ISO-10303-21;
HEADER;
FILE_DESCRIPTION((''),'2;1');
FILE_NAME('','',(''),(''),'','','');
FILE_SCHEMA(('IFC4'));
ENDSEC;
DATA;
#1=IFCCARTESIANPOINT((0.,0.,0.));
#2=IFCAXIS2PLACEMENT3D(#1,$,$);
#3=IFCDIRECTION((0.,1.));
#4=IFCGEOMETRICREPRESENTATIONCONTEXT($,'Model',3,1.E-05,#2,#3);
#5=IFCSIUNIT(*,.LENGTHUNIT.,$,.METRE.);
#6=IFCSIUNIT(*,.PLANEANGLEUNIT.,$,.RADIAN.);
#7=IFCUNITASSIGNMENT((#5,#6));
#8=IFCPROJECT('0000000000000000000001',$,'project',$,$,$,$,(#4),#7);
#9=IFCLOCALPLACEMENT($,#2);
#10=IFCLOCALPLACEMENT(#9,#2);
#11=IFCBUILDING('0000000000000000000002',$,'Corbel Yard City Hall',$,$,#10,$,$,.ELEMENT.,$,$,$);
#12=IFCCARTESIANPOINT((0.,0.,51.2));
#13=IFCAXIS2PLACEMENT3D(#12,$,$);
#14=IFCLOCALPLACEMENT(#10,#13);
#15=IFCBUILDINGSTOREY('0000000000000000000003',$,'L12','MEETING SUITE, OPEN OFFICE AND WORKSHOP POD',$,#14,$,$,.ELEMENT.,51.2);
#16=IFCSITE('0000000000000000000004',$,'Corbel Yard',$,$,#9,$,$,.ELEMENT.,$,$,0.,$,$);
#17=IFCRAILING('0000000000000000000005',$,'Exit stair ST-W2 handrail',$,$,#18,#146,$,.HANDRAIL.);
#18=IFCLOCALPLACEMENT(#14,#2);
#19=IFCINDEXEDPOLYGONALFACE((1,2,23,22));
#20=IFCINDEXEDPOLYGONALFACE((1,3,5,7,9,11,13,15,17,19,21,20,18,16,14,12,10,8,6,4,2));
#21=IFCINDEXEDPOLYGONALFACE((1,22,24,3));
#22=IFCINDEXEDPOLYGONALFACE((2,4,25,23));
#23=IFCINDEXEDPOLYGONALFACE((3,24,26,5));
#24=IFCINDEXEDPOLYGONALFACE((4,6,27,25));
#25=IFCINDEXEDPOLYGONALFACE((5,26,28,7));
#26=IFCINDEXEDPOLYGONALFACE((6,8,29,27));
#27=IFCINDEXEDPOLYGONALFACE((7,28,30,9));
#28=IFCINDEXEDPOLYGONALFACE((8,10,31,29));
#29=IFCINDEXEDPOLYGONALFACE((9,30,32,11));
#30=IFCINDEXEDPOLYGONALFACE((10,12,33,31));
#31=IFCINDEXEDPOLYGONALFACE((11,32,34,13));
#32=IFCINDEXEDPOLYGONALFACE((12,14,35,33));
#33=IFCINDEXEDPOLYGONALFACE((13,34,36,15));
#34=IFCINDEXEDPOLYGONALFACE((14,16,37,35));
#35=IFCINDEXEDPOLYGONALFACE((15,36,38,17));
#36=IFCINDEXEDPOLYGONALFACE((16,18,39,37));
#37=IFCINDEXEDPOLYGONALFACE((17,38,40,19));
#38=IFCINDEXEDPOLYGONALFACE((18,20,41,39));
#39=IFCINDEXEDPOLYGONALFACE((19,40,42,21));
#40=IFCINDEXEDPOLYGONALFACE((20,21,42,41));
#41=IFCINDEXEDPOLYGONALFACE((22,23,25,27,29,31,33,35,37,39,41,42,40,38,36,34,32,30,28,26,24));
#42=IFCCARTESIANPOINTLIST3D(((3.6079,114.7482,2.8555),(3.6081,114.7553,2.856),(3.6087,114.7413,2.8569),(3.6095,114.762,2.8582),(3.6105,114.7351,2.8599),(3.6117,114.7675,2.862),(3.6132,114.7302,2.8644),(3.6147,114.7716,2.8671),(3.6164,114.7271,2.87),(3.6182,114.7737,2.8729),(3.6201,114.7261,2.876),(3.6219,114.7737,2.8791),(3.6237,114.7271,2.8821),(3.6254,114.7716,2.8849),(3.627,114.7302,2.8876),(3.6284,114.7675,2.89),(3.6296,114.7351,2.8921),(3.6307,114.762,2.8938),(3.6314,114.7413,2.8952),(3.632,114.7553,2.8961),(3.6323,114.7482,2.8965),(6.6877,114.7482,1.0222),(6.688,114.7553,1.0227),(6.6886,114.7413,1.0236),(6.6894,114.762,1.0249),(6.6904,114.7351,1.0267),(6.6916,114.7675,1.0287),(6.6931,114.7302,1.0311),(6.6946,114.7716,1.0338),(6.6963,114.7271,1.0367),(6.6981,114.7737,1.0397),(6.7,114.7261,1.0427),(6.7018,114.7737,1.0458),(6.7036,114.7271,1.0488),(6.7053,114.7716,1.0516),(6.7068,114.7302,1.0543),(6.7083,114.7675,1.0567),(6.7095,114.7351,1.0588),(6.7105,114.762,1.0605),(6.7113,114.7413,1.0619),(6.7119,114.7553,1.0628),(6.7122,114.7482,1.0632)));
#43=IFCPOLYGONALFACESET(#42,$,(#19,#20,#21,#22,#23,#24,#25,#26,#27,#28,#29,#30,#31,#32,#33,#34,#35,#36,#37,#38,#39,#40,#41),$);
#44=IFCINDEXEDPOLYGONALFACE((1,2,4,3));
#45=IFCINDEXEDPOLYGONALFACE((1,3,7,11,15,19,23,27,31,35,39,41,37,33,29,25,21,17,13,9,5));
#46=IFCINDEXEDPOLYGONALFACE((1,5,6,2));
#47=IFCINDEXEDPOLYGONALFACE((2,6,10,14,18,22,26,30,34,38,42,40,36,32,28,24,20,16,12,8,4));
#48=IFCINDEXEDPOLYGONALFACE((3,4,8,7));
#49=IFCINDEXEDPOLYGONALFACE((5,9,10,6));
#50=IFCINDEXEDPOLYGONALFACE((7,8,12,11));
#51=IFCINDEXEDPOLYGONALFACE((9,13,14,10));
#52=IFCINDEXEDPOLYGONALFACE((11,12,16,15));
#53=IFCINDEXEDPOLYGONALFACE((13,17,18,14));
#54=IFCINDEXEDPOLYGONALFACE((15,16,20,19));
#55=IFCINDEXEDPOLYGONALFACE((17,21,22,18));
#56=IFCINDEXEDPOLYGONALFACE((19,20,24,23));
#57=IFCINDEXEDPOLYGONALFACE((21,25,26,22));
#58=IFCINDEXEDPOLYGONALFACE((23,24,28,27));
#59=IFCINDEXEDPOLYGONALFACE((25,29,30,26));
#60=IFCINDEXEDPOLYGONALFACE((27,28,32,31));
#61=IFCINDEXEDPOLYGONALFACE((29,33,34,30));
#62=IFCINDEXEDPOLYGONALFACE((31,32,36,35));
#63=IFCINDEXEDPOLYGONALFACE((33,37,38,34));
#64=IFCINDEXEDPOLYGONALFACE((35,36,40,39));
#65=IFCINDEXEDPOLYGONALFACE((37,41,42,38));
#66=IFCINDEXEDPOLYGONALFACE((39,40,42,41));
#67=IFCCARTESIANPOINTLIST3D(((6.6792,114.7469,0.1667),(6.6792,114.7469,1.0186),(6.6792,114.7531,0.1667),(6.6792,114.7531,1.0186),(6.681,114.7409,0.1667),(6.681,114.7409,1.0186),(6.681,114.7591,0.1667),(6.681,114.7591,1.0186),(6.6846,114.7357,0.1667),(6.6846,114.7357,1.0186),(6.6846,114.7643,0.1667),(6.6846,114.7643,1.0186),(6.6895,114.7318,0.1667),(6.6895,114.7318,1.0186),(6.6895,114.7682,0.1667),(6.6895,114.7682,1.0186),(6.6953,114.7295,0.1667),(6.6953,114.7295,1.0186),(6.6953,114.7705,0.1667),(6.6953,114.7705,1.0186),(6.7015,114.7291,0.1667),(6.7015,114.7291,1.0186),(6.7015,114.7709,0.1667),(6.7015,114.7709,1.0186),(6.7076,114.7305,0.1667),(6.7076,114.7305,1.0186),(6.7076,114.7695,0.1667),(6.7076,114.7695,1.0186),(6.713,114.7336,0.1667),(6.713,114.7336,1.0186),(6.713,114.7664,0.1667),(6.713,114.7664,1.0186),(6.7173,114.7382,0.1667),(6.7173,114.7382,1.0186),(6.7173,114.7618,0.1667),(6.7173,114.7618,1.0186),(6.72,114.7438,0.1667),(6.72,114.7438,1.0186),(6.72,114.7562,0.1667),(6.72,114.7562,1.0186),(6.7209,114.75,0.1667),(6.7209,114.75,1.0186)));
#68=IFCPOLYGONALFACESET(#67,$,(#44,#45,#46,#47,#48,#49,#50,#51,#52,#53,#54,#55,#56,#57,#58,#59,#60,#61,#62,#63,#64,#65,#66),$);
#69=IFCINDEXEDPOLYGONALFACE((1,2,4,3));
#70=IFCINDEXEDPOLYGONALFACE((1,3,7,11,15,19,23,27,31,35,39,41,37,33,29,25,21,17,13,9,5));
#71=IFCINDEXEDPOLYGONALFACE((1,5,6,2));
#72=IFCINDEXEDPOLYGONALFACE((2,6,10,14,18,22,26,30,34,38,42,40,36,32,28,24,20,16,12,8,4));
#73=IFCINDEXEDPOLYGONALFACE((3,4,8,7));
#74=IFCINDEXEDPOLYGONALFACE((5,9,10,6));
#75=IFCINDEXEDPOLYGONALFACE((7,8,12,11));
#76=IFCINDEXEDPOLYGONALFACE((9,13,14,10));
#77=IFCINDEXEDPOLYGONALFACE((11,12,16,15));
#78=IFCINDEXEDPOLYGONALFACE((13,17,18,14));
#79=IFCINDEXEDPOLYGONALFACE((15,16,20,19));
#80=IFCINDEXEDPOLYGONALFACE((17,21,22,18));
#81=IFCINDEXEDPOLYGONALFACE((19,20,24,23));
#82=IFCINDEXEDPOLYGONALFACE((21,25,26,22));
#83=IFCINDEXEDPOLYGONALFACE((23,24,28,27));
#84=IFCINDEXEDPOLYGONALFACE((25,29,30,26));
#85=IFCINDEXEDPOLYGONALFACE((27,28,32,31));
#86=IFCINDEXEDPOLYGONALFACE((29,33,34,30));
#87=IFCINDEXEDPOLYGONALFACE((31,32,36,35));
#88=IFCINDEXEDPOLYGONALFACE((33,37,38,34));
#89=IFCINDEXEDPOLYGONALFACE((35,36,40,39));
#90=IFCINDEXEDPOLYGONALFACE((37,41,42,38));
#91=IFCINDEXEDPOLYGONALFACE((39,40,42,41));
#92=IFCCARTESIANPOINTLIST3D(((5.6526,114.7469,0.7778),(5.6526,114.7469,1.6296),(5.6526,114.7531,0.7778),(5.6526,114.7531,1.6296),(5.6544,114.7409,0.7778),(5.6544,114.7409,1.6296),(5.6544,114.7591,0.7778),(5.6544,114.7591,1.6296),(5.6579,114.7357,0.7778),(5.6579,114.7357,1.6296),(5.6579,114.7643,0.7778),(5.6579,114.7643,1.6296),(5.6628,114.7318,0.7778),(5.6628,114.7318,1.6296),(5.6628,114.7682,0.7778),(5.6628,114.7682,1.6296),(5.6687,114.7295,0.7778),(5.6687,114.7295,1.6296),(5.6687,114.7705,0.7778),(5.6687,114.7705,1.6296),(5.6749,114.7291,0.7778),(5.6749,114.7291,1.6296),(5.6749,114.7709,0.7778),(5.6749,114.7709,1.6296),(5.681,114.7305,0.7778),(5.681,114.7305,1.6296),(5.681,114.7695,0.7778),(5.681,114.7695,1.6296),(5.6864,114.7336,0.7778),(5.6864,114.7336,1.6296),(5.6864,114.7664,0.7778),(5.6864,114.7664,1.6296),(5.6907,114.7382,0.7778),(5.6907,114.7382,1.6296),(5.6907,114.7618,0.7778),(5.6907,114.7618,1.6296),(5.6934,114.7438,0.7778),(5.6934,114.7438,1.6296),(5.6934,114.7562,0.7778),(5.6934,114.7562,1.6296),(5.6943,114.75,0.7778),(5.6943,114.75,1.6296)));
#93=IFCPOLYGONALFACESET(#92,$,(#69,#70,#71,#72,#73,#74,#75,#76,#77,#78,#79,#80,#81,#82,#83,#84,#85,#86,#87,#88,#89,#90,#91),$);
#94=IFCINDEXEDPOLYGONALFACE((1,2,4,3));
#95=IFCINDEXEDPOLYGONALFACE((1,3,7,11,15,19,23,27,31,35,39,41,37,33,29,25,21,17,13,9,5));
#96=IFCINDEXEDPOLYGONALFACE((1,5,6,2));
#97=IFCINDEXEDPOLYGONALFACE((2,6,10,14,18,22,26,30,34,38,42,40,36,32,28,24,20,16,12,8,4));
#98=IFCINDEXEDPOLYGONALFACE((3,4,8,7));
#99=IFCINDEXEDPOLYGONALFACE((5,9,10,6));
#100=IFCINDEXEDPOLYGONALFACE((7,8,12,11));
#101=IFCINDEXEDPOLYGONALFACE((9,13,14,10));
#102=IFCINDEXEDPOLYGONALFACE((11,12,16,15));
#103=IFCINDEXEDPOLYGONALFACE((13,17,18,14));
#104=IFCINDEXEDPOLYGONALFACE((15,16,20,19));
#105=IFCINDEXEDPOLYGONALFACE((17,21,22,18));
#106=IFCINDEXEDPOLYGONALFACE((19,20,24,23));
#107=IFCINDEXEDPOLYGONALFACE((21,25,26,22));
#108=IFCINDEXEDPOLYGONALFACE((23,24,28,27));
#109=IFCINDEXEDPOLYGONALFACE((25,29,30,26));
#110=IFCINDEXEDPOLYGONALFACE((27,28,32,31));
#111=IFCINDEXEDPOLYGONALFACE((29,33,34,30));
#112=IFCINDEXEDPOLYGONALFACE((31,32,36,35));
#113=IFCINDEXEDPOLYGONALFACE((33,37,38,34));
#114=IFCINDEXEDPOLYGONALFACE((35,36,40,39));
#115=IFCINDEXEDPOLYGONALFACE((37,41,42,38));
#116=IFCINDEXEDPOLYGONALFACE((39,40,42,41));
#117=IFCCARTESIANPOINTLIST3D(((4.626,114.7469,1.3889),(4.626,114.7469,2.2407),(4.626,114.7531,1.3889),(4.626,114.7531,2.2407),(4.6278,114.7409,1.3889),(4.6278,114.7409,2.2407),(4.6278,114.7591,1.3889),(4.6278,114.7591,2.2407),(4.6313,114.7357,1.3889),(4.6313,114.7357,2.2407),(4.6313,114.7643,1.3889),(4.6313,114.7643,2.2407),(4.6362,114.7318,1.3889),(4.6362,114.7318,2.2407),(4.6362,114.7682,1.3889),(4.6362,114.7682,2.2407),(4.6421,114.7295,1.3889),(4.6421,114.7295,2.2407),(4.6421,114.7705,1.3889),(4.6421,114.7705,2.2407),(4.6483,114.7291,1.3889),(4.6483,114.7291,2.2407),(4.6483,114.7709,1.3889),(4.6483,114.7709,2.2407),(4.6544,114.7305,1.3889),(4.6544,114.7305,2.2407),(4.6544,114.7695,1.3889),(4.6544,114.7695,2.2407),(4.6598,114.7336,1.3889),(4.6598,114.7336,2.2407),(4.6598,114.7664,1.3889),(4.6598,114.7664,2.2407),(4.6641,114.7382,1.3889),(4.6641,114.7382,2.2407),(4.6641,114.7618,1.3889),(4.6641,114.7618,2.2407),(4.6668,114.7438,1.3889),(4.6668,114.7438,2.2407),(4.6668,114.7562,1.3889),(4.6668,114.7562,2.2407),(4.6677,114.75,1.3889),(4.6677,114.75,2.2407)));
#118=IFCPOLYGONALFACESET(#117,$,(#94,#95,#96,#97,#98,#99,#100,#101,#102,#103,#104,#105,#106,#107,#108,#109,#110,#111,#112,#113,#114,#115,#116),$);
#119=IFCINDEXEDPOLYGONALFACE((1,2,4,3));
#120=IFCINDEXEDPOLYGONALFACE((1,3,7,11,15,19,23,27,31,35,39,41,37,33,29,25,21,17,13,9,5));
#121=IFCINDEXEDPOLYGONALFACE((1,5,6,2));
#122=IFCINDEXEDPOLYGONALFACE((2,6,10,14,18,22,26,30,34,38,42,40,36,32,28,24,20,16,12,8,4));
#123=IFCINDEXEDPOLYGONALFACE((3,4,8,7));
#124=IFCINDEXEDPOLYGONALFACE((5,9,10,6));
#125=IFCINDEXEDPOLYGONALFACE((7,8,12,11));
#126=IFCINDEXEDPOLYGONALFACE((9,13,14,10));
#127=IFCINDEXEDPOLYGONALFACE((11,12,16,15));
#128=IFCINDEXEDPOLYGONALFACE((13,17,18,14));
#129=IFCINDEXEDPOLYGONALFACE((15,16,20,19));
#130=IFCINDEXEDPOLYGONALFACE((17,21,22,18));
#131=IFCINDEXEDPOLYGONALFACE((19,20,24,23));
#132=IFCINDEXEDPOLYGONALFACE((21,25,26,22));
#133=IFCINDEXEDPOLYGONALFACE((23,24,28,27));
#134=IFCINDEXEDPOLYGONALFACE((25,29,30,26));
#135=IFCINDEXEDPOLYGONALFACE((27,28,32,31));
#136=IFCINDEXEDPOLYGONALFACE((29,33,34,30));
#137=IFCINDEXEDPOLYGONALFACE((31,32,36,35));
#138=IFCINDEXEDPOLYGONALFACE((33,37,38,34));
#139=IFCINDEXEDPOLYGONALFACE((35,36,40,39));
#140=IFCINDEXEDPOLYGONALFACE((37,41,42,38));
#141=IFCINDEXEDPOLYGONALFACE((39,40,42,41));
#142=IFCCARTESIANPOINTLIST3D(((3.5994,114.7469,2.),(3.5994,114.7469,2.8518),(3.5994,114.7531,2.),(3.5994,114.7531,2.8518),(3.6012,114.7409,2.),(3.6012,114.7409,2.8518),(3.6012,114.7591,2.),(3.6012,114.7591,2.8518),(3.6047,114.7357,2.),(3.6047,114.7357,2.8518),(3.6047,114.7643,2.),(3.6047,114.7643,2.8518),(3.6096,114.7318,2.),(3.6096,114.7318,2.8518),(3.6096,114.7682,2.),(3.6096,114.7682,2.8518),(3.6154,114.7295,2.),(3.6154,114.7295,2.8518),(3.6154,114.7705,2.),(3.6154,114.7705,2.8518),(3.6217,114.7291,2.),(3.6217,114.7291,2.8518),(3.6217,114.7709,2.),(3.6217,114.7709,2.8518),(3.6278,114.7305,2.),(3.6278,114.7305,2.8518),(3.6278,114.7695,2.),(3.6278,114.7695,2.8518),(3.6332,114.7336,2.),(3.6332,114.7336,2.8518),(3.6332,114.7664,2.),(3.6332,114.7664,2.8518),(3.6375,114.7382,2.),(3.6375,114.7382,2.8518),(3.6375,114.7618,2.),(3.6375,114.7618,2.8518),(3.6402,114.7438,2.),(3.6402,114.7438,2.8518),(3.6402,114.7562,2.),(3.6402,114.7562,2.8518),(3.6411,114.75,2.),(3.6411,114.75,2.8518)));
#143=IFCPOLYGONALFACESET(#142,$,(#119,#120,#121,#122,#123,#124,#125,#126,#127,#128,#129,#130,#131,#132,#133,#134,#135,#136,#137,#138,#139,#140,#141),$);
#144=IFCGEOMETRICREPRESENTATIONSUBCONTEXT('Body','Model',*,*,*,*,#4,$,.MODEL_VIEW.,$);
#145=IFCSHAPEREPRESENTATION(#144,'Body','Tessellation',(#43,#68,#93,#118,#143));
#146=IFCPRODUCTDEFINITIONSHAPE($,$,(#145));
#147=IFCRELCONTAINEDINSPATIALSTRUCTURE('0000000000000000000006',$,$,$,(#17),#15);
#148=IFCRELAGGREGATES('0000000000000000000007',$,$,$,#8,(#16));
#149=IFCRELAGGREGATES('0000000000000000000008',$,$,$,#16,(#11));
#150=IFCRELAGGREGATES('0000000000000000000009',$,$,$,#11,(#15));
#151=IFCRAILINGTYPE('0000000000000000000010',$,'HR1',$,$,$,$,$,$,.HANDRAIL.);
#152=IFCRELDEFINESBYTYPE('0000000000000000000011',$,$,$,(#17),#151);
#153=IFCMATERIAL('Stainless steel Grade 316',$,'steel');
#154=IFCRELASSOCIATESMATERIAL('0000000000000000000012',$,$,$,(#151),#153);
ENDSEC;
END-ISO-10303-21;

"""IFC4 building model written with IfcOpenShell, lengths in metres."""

from ifc_helpers import new_model, si_unit, direction, frame, origin, origin_2d, place, context, subcontext, project, spatial, circle, extrude, material, type_object, element, save


model = new_model("IFC4")

# Units and contexts
model_context = context("Model", 3, precision=1e-05, world=origin(), true_north=direction((0.0, 1.0)))
body_context = subcontext(model_context, "Body", "Model", "MODEL_VIEW")
ifc_project = project(units=[si_unit("LENGTHUNIT", "METRE"), si_unit("PLANEANGLEUNIT", "RADIAN")], contexts=[model_context])

# Site, building, storey
site_placement = place(None, origin())
site = spatial("IfcSite", under=ifc_project, at=site_placement, Name="Corbel Yard", CompositionType="ELEMENT", RefElevation=0.0)
building_placement = place(site_placement, origin())
building = spatial("IfcBuilding", under=site, at=building_placement, Name="Corbel Yard City Hall", CompositionType="ELEMENT")
storey_placement = place(building_placement, frame((0.0, 0.0, 51.2)))
storey = spatial("IfcBuildingStorey", under=building, at=storey_placement, Name="L12", Description="MEETING SUITE, OPEN OFFICE AND WORKSHOP POD", CompositionType="ELEMENT", Elevation=51.2)

# Railing
ifc_material_1 = material(Name="Stainless steel Grade 316", Category="steel")
railing_type = type_object("IfcRailingType", Name="HR1", PredefinedType="HANDRAIL", material=ifc_material_1)
for number, where, name in (
    (1, (6.7, 114.75, 0.1667), "Exit stair ST-W2 handrail"),
):
    element("IfcRailing", number, at=place(storey_placement, frame(where)), inside=storey, type_object=railing_type, Name=name, PredefinedType="HANDRAIL", context=body_context, shape_type="SweptSolid", body=[
        extrude(circle(Radius=0.0239, at=origin_2d()), frame((0.0, 0.0, 0.876), z_axis=(-0.859291, 0.0, 0.511487), x_axis=(0.0, -1.0, 0.0)), (0.0, 0.0, 1.0), 3.5842),
        extrude(circle(Radius=0.021, at=origin_2d()), origin(), (0.0, 0.0, 1.0), 0.8518),
        extrude(circle(Radius=0.021, at=origin_2d()), frame((-1.0266, 0.0, 0.6111)), (0.0, 0.0, 1.0), 0.8518),
        extrude(circle(Radius=0.021, at=origin_2d()), frame((-2.0532, 0.0, 1.2222)), (0.0, 0.0, 1.0), 0.8518),
        extrude(circle(Radius=0.021, at=origin_2d()), frame((-3.0798, 0.0, 1.8333)), (0.0, 0.0, 1.0), 0.8518),
    ])

save(model, "model.ifc")
